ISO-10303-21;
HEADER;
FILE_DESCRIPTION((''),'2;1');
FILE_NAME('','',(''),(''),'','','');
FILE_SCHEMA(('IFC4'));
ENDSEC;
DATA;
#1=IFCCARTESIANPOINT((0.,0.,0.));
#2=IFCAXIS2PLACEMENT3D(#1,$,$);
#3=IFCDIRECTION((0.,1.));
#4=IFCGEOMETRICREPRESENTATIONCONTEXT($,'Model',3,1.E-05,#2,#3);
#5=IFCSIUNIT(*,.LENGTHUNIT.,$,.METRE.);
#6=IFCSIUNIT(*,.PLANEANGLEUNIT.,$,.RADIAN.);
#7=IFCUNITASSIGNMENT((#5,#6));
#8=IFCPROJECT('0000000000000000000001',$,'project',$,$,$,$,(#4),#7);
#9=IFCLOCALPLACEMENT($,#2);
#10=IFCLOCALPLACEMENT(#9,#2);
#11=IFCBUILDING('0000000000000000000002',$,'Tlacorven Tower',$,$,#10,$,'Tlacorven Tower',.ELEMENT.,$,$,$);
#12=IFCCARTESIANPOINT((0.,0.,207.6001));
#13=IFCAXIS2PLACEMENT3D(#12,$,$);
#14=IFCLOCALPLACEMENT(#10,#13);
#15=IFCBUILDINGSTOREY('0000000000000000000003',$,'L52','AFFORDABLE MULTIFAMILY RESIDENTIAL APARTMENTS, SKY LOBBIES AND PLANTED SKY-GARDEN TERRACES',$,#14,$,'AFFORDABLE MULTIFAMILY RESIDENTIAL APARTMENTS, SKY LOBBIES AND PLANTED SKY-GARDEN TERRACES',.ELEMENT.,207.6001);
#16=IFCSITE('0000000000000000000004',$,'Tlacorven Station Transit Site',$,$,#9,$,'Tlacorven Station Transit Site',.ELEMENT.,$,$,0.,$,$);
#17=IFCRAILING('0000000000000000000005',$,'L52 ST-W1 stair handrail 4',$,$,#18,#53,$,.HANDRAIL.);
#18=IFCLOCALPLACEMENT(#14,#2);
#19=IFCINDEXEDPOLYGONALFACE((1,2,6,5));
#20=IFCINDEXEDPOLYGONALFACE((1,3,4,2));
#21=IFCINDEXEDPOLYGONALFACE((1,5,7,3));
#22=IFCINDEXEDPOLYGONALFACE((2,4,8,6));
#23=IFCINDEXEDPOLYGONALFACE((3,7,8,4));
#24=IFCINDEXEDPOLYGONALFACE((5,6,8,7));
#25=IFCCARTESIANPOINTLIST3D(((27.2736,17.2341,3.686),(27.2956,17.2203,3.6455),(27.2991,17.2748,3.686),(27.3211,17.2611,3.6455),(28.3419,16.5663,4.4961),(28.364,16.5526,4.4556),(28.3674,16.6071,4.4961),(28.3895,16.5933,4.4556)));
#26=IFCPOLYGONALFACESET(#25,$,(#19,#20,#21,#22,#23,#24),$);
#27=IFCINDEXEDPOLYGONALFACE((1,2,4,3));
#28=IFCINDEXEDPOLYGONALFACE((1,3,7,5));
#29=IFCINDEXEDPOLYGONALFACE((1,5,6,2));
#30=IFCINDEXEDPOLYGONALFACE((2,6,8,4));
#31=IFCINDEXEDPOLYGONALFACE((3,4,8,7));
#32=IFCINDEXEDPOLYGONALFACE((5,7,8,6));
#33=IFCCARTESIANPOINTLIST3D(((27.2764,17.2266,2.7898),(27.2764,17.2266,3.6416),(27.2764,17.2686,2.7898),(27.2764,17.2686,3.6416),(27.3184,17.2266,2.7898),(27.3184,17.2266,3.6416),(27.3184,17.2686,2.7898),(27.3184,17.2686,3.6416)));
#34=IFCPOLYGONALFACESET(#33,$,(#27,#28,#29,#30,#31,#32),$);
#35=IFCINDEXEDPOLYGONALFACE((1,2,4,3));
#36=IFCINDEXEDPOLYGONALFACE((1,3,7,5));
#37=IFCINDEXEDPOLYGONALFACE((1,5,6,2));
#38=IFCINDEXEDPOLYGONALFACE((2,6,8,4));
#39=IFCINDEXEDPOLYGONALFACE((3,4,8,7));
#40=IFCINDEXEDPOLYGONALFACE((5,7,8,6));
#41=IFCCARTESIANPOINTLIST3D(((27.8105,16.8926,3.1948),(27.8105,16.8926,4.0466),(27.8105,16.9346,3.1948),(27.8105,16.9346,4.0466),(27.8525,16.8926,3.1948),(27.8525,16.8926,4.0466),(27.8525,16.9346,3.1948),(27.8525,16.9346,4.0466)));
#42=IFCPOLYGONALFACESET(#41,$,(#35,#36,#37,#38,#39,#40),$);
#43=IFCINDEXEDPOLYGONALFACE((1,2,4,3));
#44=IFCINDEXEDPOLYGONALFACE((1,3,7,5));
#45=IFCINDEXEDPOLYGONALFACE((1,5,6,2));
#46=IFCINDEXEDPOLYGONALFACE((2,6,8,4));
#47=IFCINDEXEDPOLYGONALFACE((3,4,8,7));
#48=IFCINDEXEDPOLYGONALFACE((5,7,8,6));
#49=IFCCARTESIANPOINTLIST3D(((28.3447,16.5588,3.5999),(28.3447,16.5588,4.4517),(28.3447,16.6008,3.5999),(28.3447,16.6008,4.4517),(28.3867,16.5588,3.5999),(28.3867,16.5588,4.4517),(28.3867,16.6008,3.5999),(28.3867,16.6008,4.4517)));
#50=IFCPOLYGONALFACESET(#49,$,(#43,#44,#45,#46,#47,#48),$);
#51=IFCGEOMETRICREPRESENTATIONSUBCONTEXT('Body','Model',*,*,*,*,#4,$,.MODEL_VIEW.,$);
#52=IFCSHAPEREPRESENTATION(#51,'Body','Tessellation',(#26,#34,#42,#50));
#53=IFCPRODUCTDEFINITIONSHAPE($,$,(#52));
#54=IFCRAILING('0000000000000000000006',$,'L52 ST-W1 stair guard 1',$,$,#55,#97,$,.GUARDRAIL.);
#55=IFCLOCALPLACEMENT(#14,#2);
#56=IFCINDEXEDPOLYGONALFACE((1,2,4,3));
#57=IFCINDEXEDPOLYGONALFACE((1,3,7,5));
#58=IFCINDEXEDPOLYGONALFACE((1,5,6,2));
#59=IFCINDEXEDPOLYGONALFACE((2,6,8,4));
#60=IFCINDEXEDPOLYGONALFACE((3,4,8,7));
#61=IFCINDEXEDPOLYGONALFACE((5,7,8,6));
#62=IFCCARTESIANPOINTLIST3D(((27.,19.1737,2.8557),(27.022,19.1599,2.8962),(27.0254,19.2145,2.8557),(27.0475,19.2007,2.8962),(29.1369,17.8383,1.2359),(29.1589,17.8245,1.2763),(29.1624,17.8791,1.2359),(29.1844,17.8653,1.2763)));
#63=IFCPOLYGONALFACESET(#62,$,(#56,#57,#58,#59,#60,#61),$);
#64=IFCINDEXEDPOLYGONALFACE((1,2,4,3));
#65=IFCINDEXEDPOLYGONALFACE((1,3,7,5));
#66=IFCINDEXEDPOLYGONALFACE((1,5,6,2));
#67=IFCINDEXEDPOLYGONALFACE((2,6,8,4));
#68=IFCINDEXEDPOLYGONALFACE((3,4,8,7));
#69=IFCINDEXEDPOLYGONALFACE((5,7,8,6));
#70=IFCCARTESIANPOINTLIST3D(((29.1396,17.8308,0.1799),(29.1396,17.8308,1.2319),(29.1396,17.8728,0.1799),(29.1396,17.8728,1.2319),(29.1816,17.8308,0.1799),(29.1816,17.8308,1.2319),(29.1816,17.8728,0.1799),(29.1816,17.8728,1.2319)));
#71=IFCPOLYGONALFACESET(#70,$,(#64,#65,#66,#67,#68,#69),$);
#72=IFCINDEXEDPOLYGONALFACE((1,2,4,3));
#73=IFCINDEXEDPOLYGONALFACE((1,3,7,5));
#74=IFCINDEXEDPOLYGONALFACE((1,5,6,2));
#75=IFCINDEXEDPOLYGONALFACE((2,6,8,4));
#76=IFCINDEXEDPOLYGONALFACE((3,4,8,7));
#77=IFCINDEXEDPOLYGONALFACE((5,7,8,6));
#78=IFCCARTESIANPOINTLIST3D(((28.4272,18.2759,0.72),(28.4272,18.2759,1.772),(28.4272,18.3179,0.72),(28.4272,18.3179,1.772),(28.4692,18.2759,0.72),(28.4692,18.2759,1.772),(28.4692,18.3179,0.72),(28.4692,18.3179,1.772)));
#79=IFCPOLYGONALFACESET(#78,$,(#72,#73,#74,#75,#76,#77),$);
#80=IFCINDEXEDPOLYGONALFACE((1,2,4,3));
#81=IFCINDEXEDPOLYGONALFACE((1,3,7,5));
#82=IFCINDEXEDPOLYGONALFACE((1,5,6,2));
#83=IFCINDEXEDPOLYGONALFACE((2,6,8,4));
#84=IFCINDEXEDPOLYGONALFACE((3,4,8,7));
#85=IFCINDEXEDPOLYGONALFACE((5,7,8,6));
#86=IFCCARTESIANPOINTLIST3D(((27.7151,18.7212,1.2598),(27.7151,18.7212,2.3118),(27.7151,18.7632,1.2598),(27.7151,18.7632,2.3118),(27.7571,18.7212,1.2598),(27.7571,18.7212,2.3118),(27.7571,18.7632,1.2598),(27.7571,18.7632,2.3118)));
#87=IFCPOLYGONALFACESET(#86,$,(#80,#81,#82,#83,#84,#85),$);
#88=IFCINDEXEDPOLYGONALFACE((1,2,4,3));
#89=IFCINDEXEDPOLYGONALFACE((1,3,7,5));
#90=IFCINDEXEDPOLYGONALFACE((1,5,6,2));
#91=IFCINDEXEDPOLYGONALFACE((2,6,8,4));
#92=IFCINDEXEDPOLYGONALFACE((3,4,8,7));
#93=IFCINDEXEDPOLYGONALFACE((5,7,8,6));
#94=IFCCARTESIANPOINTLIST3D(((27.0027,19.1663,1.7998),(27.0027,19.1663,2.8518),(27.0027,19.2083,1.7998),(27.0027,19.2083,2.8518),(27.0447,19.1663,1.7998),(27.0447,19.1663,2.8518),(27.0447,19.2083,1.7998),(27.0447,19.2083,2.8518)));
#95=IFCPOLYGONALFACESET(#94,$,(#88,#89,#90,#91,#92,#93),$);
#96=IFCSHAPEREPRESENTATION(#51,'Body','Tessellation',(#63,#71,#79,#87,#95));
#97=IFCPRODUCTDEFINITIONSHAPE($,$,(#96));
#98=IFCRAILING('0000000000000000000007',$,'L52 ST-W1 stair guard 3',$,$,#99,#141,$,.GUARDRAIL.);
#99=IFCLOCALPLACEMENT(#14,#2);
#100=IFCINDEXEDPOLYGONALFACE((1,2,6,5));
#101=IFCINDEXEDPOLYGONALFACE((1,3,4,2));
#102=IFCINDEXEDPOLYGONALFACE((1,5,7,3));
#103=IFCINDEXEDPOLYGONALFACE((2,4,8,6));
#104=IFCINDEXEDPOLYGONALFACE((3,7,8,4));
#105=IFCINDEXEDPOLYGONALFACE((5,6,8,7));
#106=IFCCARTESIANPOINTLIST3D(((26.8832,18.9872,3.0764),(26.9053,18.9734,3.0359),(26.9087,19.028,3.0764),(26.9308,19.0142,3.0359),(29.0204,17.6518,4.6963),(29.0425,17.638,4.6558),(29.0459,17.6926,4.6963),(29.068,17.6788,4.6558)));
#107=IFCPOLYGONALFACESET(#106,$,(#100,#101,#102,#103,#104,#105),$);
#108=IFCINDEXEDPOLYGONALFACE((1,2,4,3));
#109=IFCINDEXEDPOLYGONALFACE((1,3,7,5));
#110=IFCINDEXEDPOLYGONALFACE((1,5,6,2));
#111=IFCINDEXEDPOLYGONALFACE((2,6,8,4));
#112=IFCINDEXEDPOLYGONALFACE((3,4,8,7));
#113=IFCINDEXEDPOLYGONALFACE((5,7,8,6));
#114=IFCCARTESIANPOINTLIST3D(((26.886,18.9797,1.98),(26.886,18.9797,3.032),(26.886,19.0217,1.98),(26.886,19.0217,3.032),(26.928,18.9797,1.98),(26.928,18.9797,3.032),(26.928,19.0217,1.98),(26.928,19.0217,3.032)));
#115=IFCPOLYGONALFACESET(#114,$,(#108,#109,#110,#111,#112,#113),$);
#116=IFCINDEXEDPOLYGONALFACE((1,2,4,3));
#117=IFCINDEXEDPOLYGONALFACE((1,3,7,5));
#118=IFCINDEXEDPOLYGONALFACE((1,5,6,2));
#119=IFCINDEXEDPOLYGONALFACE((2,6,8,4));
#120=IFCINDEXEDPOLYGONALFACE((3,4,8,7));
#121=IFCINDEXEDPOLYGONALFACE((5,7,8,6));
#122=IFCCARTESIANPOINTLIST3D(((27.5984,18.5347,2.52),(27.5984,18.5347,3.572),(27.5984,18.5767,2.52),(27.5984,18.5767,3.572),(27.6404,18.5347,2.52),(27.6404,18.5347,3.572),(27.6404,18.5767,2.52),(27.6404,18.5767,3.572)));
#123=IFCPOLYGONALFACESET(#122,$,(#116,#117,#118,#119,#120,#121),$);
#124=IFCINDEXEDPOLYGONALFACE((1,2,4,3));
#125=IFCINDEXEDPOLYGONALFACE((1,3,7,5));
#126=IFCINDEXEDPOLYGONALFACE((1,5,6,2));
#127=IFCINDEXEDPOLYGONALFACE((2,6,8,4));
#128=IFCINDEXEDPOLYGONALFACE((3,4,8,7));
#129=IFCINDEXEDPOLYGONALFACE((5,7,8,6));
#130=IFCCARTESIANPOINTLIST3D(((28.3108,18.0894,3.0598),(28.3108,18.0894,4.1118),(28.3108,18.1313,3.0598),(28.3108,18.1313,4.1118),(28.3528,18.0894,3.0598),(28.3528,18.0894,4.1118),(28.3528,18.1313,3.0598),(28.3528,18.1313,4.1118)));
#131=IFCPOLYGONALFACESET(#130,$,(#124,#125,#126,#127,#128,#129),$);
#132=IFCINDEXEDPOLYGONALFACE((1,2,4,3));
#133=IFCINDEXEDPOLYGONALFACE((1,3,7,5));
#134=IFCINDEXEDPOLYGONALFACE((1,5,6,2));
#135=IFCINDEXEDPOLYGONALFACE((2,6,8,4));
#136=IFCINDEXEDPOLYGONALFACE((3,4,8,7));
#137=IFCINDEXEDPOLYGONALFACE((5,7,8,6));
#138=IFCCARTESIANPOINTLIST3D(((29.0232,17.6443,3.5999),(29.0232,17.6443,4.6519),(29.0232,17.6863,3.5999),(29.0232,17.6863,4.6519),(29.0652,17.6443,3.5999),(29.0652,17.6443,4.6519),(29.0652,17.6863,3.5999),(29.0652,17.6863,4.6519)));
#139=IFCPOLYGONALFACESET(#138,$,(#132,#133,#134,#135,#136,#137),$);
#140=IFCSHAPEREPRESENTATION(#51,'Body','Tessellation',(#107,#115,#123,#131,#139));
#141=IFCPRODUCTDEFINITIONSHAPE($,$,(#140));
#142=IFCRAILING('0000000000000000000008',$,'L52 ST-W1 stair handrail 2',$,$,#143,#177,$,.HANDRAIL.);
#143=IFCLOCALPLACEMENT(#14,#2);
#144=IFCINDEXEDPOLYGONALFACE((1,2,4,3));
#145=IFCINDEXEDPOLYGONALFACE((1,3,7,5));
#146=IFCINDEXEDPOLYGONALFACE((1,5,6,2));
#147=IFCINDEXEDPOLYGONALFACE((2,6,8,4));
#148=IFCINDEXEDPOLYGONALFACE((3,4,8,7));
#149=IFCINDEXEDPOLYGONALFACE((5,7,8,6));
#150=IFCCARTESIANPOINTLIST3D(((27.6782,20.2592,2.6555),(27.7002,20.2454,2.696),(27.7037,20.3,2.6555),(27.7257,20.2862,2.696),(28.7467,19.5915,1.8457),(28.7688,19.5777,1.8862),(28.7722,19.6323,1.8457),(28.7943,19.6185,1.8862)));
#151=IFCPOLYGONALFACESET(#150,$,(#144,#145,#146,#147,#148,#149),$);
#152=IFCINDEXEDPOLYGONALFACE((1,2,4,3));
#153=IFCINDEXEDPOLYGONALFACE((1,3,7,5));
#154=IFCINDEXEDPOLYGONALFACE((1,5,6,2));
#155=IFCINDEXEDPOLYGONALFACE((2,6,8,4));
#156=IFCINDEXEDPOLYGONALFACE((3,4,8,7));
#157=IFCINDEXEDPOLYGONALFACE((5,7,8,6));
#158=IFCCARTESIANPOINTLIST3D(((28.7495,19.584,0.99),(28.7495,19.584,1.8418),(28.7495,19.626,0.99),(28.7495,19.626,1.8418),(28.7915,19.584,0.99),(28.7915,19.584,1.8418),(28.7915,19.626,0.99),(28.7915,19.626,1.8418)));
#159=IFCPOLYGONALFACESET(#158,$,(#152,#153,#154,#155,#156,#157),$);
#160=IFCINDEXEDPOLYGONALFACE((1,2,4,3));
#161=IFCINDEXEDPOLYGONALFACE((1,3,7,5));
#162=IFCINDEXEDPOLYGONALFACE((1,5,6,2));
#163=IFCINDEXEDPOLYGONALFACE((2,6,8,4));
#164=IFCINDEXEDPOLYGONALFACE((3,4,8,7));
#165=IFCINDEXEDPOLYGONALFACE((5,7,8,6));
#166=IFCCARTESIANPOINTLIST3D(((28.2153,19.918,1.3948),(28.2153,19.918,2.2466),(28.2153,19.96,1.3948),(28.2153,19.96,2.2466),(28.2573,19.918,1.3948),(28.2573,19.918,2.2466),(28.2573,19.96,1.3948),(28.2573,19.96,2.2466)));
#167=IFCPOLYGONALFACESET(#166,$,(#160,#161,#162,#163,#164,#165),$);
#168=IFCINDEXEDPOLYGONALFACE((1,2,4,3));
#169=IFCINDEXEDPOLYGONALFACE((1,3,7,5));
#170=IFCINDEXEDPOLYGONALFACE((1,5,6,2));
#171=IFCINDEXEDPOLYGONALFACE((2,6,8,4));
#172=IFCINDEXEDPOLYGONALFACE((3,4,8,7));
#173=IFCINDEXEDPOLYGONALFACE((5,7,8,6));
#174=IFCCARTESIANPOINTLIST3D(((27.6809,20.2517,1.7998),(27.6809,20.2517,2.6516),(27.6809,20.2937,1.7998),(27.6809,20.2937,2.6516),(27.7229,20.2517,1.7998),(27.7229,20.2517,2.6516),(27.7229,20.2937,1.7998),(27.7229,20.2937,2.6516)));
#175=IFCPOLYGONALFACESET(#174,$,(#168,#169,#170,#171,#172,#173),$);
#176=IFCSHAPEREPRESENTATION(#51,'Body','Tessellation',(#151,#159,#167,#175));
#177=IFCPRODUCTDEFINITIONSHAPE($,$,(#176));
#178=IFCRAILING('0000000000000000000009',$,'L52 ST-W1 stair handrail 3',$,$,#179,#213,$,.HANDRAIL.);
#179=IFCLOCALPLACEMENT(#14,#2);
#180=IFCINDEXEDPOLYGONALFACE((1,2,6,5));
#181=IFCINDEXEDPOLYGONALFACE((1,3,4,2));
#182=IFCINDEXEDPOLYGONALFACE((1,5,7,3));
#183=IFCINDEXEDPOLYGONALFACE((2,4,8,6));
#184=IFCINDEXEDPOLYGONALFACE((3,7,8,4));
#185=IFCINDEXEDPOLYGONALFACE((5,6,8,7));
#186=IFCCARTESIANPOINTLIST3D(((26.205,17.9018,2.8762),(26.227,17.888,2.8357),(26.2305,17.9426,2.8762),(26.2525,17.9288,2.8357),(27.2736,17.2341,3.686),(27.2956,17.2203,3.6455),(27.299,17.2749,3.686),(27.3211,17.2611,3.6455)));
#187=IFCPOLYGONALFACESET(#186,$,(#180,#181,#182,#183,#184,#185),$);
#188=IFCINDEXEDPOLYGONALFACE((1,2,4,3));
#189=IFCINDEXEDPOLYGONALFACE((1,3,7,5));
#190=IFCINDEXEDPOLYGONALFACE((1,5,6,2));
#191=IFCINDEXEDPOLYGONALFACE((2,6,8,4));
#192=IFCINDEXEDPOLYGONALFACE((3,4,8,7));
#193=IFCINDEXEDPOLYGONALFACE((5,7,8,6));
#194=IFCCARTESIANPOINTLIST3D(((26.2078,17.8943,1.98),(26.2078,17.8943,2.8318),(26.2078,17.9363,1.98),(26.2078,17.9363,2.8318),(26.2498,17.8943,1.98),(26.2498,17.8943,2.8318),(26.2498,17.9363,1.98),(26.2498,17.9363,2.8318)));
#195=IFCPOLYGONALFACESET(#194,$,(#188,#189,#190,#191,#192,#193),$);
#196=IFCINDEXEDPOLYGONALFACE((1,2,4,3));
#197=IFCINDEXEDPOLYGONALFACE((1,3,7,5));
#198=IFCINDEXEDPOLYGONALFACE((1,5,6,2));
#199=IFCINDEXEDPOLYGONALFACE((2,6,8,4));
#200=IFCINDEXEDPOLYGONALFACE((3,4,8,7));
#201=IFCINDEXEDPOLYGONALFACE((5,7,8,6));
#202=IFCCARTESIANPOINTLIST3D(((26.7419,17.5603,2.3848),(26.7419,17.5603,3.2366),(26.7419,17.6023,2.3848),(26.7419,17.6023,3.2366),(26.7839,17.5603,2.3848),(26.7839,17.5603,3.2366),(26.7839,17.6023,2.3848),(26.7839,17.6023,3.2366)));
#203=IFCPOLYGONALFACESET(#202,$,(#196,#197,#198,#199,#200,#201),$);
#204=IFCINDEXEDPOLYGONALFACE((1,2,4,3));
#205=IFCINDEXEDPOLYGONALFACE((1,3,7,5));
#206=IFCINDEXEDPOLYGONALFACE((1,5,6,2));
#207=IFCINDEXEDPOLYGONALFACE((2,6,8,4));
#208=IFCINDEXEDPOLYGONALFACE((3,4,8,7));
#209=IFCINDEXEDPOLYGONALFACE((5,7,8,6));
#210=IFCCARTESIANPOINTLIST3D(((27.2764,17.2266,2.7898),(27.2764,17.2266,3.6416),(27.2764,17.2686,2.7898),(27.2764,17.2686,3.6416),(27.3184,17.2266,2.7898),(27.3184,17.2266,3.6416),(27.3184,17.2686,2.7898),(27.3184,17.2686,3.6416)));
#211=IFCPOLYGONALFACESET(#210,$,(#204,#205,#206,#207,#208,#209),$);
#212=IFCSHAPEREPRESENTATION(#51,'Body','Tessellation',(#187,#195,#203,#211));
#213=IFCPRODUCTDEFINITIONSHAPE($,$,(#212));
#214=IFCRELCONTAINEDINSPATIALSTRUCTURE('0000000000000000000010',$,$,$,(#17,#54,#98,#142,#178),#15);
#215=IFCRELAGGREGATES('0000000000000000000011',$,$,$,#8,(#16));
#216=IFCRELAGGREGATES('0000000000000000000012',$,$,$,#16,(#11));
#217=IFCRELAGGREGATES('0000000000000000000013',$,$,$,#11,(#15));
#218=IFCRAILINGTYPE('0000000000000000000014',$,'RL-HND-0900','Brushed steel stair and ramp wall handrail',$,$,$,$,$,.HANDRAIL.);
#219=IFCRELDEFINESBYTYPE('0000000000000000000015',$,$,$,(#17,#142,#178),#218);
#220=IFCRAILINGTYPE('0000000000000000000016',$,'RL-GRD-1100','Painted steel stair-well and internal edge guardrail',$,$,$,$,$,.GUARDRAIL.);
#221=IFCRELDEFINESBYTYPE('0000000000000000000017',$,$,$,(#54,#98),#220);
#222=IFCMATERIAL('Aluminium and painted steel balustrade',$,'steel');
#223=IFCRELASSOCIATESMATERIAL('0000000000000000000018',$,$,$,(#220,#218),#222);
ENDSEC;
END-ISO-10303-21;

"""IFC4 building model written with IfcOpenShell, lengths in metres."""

from ifc_helpers import new_model, si_unit, direction, frame, origin, origin_2d, place, context, subcontext, project, spatial, rectangle, extrude, source, transform, mapped, material, type_object, element, save


model = new_model("IFC4")

# Units and contexts
model_context = context("Model", 3, precision=1e-05, world=origin(), true_north=direction((0.0, 1.0)))
body_context = subcontext(model_context, "Body", "Model", "MODEL_VIEW")
ifc_project = project(units=[si_unit("LENGTHUNIT", "METRE"), si_unit("PLANEANGLEUNIT", "RADIAN")], contexts=[model_context])

# Site, building, storey
site_placement = place(None, origin())
site = spatial("IfcSite", under=ifc_project, at=site_placement, Name="Tlacorven Station Transit Site", LongName="Tlacorven Station Transit Site", CompositionType="ELEMENT", RefElevation=0.0)
building_placement = place(site_placement, origin())
building = spatial("IfcBuilding", under=site, at=building_placement, Name="Tlacorven Tower", LongName="Tlacorven Tower", CompositionType="ELEMENT")
storey_placement = place(building_placement, frame((0.0, 0.0, 207.6001)))
storey = spatial("IfcBuildingStorey", under=building, at=storey_placement, Name="L52", Description="AFFORDABLE MULTIFAMILY RESIDENTIAL APARTMENTS, SKY LOBBIES AND PLANTED SKY-GARDEN TERRACES", LongName="AFFORDABLE MULTIFAMILY RESIDENTIAL APARTMENTS, SKY LOBBIES AND PLANTED SKY-GARDEN TERRACES", CompositionType="ELEMENT", Elevation=207.6001)

# Railings
ifc_material_1 = material(Name="Aluminium and painted steel balustrade", Category="steel")
railing_type_1 = type_object("IfcRailingType", Name="RL-GRD-1100", Description="Painted steel stair-well and internal edge guardrail", PredefinedType="GUARDRAIL", material=ifc_material_1)
railing_type_2 = type_object("IfcRailingType", Name="RL-HND-0900", Description="Brushed steel stair and ramp wall handrail", PredefinedType="HANDRAIL", material=ifc_material_1)
shared_shape_1 = source(origin(), body_context, "Body", "SweptSolid", [
    extrude(rectangle(XDim=0.0481, YDim=0.0481, at=origin_2d()), frame((0.0, 0.0, 0.876), z_axis=(0.71328, -0.4458, 0.540828), x_axis=(0.529999, 0.847998, 0.0)), (0.0, 0.0, 1.0), 1.4978),
    extrude(rectangle(XDim=0.042, YDim=0.042, at=origin_2d()), origin(), (0.0, 0.0, 1.0), 0.8518),
    extrude(rectangle(XDim=0.042, YDim=0.042, at=origin_2d()), frame((0.5342, -0.334, 0.405)), (0.0, 0.0, 1.0), 0.8518),
    extrude(rectangle(XDim=0.042, YDim=0.042, at=origin_2d()), frame((1.0684, -0.6677, 0.8101)), (0.0, 0.0, 1.0), 0.8518),
])
railing_1_placement = place(storey_placement, frame((27.2974, 17.2476, 2.7898)))
element("IfcRailing", 1, at=railing_1_placement, inside=storey, type_object=railing_type_2, Name="L52 ST-W1 stair handrail 4", PredefinedType="HANDRAIL", context=body_context, shape_type="MappedRepresentation", body=[
    mapped(shared_shape_1, transform((0.0, 0.0, 0.0), scale=1.0)),
])
shared_shape_2 = source(origin(), body_context, "Body", "SweptSolid", [
    extrude(rectangle(XDim=0.0481, YDim=0.0481, at=origin_2d()), frame((0.0, 0.0, 1.0762), z_axis=(-0.713351, 0.445794, 0.540739), x_axis=(-0.529955, -0.848026, 0.0)), (0.0, 0.0, 1.0), 2.9956),
    extrude(rectangle(XDim=0.042, YDim=0.042, at=origin_2d()), origin(), (0.0, 0.0, 1.0), 1.052),
    extrude(rectangle(XDim=0.042, YDim=0.042, at=origin_2d()), frame((-0.7124, 0.4451, 0.54)), (0.0, 0.0, 1.0), 1.052),
    extrude(rectangle(XDim=0.042, YDim=0.042, at=origin_2d()), frame((-1.4246, 0.8904, 1.0798)), (0.0, 0.0, 1.0), 1.052),
    extrude(rectangle(XDim=0.042, YDim=0.042, at=origin_2d()), frame((-2.137, 1.3354, 1.6199)), (0.0, 0.0, 1.0), 1.052),
])
railing_2_placement = place(storey_placement, frame((29.1606, 17.8518, 0.1799)))
element("IfcRailing", 2, at=railing_2_placement, inside=storey, type_object=railing_type_1, Name="L52 ST-W1 stair guard 1", PredefinedType="GUARDRAIL", context=body_context, shape_type="MappedRepresentation", body=[
    mapped(shared_shape_2, transform((0.0, 0.0, 0.0), scale=1.0)),
])
shared_shape_3 = source(origin(), body_context, "Body", "SweptSolid", [
    extrude(rectangle(XDim=0.0481, YDim=0.0481, at=origin_2d()), frame((0.0, 0.0, 1.0762), z_axis=(0.713391, -0.445768, 0.540707), x_axis=(0.529912, 0.848053, 0.0)), (0.0, 0.0, 1.0), 2.9958),
    extrude(rectangle(XDim=0.042, YDim=0.042, at=origin_2d()), origin(), (0.0, 0.0, 1.0), 1.052),
    extrude(rectangle(XDim=0.042, YDim=0.042, at=origin_2d()), frame((0.7124, -0.4451, 0.54)), (0.0, 0.0, 1.0), 1.052),
    extrude(rectangle(XDim=0.042, YDim=0.042, at=origin_2d()), frame((1.4248, -0.8904, 1.0798)), (0.0, 0.0, 1.0), 1.052),
    extrude(rectangle(XDim=0.042, YDim=0.042, at=origin_2d()), frame((2.1372, -1.3354, 1.6199)), (0.0, 0.0, 1.0), 1.052),
])
railing_3_placement = place(storey_placement, frame((26.907, 19.0007, 1.98)))
element("IfcRailing", 3, at=railing_3_placement, inside=storey, type_object=railing_type_1, Name="L52 ST-W1 stair guard 3", PredefinedType="GUARDRAIL", context=body_context, shape_type="MappedRepresentation", body=[
    mapped(shared_shape_3, transform((0.0, 0.0, 0.0), scale=1.0)),
])
shared_shape_4 = source(origin(), body_context, "Body", "SweptSolid", [
    extrude(rectangle(XDim=0.0481, YDim=0.0481, at=origin_2d()), frame((0.0, 0.0, 0.876), z_axis=(-0.713423, 0.445787, 0.540649), x_axis=(-0.529912, -0.848053, 0.0)), (0.0, 0.0, 1.0), 1.4978),
    extrude(rectangle(XDim=0.042, YDim=0.042, at=origin_2d()), origin(), (0.0, 0.0, 1.0), 0.8518),
    extrude(rectangle(XDim=0.042, YDim=0.042, at=origin_2d()), frame((-0.5342, 0.334, 0.4048)), (0.0, 0.0, 1.0), 0.8518),
    extrude(rectangle(XDim=0.042, YDim=0.042, at=origin_2d()), frame((-1.0686, 0.6677, 0.8098)), (0.0, 0.0, 1.0), 0.8518),
])
railing_4_placement = place(storey_placement, frame((28.7705, 19.605, 0.99)))
element("IfcRailing", 4, at=railing_4_placement, inside=storey, type_object=railing_type_2, Name="L52 ST-W1 stair handrail 2", PredefinedType="HANDRAIL", context=body_context, shape_type="MappedRepresentation", body=[
    mapped(shared_shape_4, transform((0.0, 0.0, 0.0), scale=1.0)),
])
shared_shape_5 = source(origin(), body_context, "Body", "SweptSolid", [
    extrude(rectangle(XDim=0.0481, YDim=0.0481, at=origin_2d()), frame((0.0, 0.0, 0.876), z_axis=(0.713423, -0.445787, 0.540649), x_axis=(0.529912, 0.848053, 0.0)), (0.0, 0.0, 1.0), 1.4978),
    extrude(rectangle(XDim=0.042, YDim=0.042, at=origin_2d()), origin(), (0.0, 0.0, 1.0), 0.8518),
    extrude(rectangle(XDim=0.042, YDim=0.042, at=origin_2d()), frame((0.5342, -0.334, 0.4048)), (0.0, 0.0, 1.0), 0.8518),
    extrude(rectangle(XDim=0.042, YDim=0.042, at=origin_2d()), frame((1.0686, -0.6677, 0.8098)), (0.0, 0.0, 1.0), 0.8518),
])
railing_5_placement = place(storey_placement, frame((26.2288, 17.9153, 1.98)))
element("IfcRailing", 5, at=railing_5_placement, inside=storey, type_object=railing_type_2, Name="L52 ST-W1 stair handrail 3", PredefinedType="HANDRAIL", context=body_context, shape_type="MappedRepresentation", body=[
    mapped(shared_shape_5, transform((0.0, 0.0, 0.0), scale=1.0)),
])

save(model, "model.ifc")
